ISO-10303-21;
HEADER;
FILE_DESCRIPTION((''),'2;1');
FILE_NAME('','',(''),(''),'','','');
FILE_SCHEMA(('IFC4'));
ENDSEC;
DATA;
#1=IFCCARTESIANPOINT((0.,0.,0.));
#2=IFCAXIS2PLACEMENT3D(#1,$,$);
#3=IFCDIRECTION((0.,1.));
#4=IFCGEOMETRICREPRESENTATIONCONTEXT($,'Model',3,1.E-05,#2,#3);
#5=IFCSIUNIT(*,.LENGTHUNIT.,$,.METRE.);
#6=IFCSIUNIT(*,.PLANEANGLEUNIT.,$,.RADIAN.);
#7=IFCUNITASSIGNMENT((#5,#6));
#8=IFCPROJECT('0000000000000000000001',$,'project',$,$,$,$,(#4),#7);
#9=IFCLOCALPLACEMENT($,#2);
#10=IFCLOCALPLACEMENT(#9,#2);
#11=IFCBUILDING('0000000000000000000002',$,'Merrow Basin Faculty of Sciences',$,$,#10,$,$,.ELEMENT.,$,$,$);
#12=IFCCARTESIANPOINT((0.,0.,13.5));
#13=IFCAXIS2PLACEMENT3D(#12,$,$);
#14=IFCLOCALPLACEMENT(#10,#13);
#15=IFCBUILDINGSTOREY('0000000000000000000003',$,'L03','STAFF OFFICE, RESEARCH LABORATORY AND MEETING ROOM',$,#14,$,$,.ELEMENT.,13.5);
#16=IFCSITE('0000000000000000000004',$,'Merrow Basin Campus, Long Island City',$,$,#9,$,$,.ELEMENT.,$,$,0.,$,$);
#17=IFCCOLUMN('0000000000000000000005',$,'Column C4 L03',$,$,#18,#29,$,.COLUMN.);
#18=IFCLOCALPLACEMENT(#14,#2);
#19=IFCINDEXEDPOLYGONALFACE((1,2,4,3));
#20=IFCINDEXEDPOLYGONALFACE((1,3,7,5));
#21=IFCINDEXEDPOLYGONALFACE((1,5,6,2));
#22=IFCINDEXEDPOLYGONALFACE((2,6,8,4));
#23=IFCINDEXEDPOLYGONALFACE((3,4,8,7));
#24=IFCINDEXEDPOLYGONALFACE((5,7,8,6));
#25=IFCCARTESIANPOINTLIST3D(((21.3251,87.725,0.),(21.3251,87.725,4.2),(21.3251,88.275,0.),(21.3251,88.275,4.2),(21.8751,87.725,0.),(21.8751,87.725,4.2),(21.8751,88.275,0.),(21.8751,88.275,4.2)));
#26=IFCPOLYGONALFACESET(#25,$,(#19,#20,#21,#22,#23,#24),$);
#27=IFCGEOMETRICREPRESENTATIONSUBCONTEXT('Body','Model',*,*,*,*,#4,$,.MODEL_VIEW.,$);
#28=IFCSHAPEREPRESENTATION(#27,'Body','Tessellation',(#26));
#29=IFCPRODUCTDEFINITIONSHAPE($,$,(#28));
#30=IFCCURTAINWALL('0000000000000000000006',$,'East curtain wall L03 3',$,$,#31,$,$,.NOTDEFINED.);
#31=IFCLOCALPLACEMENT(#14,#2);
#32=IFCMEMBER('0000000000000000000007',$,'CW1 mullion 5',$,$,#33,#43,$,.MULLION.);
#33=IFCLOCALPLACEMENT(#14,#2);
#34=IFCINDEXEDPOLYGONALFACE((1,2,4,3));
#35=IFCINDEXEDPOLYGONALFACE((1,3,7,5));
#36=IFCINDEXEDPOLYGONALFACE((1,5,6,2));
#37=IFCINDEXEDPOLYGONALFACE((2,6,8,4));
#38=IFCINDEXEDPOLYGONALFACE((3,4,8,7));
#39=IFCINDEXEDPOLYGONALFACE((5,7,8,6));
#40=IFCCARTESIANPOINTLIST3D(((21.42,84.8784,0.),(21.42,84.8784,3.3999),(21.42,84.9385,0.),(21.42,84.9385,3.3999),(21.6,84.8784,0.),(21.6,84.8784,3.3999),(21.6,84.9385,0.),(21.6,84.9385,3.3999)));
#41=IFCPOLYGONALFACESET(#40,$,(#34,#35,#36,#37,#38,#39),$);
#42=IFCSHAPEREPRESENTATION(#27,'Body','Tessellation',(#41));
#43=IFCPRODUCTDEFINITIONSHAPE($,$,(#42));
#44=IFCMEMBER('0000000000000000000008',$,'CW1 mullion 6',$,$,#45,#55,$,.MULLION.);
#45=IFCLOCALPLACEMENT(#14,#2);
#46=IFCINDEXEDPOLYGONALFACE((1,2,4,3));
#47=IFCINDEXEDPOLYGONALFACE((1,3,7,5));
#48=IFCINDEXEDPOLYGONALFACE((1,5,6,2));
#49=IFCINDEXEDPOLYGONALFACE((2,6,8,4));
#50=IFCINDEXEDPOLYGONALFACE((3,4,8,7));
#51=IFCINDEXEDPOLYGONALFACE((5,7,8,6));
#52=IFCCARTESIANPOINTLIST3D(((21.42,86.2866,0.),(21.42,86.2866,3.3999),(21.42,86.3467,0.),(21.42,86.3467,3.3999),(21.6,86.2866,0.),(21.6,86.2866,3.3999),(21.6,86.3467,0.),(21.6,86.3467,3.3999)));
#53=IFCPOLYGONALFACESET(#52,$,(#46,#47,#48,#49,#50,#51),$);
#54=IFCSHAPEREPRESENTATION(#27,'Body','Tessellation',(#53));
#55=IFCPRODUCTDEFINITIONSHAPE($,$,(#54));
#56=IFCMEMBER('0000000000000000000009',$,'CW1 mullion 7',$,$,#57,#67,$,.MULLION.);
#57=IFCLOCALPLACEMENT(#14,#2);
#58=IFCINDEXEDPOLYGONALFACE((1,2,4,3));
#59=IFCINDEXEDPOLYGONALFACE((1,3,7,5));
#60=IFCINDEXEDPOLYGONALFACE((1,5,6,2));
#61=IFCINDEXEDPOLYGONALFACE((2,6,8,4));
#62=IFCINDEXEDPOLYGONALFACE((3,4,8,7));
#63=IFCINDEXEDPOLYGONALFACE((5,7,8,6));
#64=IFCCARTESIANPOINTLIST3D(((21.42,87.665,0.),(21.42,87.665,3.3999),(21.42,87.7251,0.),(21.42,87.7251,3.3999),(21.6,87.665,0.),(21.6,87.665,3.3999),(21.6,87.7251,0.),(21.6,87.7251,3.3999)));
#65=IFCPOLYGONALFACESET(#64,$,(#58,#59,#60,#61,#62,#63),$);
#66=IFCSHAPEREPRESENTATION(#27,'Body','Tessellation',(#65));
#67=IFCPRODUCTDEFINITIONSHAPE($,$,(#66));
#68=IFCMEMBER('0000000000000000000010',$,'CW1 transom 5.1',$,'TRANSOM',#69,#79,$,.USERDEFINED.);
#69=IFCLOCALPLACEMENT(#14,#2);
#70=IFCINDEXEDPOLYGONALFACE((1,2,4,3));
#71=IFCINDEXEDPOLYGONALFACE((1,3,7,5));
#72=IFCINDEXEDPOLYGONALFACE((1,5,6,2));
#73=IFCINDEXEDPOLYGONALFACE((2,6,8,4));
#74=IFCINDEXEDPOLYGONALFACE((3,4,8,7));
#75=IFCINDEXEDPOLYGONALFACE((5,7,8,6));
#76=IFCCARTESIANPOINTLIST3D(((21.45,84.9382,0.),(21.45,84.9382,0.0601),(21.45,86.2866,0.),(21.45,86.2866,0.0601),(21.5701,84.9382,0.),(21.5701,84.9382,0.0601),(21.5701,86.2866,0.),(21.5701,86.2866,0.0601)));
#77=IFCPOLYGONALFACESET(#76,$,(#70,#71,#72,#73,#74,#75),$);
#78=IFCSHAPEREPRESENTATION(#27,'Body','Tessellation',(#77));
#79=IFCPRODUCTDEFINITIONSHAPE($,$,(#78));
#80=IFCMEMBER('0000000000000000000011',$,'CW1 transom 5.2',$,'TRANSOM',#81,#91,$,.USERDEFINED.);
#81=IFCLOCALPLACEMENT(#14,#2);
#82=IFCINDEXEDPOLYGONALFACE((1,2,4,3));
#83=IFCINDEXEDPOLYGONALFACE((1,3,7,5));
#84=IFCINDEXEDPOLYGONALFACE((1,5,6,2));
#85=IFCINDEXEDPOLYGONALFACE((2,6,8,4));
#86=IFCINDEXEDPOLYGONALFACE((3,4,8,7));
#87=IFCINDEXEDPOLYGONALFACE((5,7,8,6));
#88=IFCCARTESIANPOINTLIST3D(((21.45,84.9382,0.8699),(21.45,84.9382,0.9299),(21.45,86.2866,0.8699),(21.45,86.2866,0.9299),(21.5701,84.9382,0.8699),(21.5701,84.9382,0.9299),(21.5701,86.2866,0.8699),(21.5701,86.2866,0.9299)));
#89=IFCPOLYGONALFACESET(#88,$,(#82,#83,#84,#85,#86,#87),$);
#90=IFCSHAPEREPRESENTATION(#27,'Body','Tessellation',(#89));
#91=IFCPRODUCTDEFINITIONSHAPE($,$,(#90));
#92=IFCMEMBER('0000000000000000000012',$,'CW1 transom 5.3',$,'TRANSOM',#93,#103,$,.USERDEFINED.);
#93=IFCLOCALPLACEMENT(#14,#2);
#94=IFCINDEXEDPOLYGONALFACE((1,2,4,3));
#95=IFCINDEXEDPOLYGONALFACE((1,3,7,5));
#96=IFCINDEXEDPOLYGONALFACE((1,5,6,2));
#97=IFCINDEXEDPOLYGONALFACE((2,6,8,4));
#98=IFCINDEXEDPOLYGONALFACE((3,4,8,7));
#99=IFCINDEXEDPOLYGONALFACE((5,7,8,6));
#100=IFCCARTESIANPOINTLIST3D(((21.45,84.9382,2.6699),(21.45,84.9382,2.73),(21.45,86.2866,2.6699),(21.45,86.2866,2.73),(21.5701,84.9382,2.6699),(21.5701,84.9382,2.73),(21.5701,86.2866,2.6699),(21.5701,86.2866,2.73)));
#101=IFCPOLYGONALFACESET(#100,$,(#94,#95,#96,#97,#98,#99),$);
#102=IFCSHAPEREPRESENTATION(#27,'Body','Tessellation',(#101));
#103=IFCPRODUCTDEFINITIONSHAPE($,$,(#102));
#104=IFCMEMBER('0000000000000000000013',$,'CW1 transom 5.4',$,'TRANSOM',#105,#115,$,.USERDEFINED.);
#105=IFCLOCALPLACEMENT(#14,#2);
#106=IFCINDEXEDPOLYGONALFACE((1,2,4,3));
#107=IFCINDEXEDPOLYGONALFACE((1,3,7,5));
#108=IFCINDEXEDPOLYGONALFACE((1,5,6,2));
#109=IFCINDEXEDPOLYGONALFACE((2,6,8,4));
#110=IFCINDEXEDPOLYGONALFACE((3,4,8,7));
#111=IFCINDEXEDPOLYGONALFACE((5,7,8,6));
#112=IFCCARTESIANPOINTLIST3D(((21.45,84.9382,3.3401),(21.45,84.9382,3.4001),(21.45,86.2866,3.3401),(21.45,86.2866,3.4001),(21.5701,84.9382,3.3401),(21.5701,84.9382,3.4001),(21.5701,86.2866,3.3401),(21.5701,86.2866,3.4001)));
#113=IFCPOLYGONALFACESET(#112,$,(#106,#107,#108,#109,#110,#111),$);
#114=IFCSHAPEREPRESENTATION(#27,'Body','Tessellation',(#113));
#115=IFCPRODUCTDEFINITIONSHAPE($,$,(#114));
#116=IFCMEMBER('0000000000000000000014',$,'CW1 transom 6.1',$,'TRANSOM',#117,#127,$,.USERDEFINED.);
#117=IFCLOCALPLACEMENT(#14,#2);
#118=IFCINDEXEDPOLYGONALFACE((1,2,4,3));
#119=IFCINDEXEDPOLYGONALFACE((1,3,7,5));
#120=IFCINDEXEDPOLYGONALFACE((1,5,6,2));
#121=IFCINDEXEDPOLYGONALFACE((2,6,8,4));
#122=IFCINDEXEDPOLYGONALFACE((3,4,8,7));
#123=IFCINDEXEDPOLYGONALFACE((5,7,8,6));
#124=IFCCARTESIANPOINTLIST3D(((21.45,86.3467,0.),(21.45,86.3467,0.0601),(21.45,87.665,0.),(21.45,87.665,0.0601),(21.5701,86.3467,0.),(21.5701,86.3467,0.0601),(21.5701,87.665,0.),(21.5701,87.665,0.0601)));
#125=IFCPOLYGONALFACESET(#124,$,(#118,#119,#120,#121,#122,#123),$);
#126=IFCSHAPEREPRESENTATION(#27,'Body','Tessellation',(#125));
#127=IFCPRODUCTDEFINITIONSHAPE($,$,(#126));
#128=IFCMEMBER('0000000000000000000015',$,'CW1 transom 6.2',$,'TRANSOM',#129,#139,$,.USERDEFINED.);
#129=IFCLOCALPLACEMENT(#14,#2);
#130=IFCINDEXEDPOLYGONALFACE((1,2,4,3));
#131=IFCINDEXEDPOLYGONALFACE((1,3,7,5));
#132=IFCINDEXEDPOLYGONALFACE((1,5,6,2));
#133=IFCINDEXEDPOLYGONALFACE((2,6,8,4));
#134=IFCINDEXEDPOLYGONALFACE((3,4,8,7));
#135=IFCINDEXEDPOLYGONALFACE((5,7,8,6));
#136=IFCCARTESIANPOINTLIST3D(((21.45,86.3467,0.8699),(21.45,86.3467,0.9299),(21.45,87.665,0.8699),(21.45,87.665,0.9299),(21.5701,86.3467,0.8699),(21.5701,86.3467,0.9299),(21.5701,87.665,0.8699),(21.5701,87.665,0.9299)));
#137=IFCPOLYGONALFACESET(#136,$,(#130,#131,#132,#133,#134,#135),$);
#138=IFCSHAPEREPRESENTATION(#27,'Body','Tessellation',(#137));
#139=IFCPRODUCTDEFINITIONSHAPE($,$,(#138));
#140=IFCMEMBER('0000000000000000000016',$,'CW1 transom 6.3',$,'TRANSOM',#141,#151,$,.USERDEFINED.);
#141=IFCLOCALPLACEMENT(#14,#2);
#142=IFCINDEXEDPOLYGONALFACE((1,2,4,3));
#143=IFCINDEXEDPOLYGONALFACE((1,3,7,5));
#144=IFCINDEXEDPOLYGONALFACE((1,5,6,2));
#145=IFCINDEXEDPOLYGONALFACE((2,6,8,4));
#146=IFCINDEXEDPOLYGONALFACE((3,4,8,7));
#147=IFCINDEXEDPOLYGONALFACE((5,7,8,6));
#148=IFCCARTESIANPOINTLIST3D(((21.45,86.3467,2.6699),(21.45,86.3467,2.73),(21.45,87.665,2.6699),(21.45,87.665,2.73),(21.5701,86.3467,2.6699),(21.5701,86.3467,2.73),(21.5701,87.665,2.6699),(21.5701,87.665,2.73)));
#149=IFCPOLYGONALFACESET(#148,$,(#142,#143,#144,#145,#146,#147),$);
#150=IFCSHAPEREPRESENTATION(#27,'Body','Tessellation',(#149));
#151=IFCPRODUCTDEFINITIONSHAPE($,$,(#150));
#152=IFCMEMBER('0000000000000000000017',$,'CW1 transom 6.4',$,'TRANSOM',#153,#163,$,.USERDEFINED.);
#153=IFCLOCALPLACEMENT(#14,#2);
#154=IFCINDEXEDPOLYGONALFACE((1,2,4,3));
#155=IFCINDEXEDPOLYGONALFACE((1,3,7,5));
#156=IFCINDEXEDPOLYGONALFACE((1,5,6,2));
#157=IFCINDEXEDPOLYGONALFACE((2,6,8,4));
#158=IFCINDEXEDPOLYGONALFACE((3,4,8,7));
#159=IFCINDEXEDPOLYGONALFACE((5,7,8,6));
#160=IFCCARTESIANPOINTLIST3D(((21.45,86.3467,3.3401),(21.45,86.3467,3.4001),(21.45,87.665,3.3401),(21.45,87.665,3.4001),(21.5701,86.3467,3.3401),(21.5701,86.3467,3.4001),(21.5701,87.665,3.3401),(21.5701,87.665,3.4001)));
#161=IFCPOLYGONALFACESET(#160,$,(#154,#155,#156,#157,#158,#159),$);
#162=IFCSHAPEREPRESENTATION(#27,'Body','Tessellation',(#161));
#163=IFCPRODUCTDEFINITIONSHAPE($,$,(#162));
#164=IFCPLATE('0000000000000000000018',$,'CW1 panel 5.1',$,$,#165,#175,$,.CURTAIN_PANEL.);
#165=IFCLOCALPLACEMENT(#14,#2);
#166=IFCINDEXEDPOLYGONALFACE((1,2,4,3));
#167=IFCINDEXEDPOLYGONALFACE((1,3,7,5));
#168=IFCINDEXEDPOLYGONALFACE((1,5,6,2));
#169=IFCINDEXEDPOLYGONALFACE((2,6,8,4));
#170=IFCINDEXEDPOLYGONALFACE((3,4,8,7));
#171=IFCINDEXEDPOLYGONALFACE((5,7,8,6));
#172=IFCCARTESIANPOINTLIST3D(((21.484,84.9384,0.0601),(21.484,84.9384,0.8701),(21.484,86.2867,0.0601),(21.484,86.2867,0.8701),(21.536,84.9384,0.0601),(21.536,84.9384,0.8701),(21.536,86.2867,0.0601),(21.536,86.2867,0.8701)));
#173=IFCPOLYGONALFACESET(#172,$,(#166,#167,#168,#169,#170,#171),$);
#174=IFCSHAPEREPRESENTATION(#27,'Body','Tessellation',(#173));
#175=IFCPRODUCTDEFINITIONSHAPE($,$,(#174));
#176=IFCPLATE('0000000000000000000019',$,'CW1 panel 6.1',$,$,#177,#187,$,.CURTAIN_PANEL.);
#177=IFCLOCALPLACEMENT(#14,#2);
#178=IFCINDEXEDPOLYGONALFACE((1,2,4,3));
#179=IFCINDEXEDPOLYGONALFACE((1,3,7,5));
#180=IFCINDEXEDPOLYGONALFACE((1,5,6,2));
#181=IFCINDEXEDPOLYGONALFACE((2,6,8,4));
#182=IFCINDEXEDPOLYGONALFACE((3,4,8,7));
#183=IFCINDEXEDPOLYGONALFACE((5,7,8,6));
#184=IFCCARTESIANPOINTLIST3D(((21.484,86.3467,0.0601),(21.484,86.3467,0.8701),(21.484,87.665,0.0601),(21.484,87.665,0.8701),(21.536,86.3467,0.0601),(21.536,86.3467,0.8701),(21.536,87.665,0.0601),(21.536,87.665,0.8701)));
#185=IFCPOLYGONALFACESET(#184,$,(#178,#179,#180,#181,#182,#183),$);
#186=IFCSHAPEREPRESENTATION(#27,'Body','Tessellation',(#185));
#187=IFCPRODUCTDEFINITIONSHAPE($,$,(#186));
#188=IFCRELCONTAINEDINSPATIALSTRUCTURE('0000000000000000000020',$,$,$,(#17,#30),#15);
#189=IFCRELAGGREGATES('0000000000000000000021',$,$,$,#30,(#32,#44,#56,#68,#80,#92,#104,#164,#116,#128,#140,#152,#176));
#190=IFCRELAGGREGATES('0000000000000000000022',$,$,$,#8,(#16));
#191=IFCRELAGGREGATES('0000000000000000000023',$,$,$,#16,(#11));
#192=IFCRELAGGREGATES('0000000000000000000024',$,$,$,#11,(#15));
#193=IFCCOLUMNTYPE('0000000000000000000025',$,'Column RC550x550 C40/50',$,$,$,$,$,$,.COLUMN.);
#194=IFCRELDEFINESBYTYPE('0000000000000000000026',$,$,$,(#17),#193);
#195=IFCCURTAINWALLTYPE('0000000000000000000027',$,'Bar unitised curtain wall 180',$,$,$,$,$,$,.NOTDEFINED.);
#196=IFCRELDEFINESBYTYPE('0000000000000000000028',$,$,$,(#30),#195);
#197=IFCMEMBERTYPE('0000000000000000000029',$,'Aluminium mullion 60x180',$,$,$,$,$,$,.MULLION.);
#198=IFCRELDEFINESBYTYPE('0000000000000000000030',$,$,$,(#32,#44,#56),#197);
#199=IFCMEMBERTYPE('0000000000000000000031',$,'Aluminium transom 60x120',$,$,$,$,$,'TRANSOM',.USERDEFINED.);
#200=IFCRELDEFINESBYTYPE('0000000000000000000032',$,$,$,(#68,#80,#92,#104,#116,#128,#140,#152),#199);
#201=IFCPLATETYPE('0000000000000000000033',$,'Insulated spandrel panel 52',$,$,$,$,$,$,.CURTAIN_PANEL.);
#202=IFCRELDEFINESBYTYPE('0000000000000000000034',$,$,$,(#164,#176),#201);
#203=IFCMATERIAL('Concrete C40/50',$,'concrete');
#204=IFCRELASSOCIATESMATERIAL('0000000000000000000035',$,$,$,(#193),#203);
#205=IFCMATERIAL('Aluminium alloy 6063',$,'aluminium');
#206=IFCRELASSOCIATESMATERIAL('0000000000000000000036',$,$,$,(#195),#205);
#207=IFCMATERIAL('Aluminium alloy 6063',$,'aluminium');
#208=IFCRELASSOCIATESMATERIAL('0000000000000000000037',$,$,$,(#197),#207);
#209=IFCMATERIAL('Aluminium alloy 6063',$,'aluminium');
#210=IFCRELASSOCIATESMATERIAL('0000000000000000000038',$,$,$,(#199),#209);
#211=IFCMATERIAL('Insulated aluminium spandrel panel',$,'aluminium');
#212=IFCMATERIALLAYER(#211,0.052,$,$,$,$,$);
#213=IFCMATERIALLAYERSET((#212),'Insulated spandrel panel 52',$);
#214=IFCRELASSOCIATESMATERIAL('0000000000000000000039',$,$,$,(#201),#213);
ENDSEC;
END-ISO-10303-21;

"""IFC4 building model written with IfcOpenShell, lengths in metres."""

from ifc_helpers import new_model, si_unit, direction, frame, origin, origin_2d, place, context, subcontext, project, spatial, rectangle, extrude, material, layer, layer_set, material_profile, profile_set, type_object, element, aggregate, save


model = new_model("IFC4")

# Units and contexts
model_context = context("Model", 3, precision=1e-05, world=origin(), true_north=direction((0.0, 1.0)))
body_context = subcontext(model_context, "Body", "Model", "MODEL_VIEW")
ifc_project = project(units=[si_unit("LENGTHUNIT", "METRE"), si_unit("PLANEANGLEUNIT", "RADIAN")], contexts=[model_context])

# Site, building, storey
site_placement = place(None, origin())
site = spatial("IfcSite", under=ifc_project, at=site_placement, Name="Merrow Basin Campus, Long Island City", CompositionType="ELEMENT", RefElevation=0.0)
building_placement = place(site_placement, origin())
building = spatial("IfcBuilding", under=site, at=building_placement, Name="Merrow Basin Faculty of Sciences", CompositionType="ELEMENT")
storey_placement = place(building_placement, frame((0.0, 0.0, 13.5)))
storey = spatial("IfcBuildingStorey", under=building, at=storey_placement, Name="L03", Description="STAFF OFFICE, RESEARCH LABORATORY AND MEETING ROOM", CompositionType="ELEMENT", Elevation=13.5)

# Column
ifc_material_1 = material(Name="Concrete C40/50", Category="concrete")
ifc_material_profile_1 = material_profile(ifc_material_1, rectangle(XDim=0.55, YDim=0.55, at=origin_2d()))
ifc_profile_set_1 = profile_set([ifc_material_profile_1], Name="Concrete C40/50")
column_type = type_object("IfcColumnType", Name="Column RC550x550 C40/50", PredefinedType="COLUMN", material=ifc_profile_set_1)
column_placement = place(storey_placement, frame((21.6001, 88.0, 0.0), z_axis=(0.0, 0.0, 1.0), x_axis=(1.0, 0.0, 0.0)))
element("IfcColumn", 1, at=column_placement, inside=storey, type_object=column_type, Name="Column C4 L03", PredefinedType="COLUMN", context=body_context, shape_type="SweptSolid", body=[
    extrude(rectangle(XDim=0.55, YDim=0.55, at=origin_2d()), origin(), (0.0, 0.0, 1.0), 4.2),
])

# Curtain wall, members, plates
ifc_material_2 = material(Name="Aluminium alloy 6063", Category="aluminium")
curtain_wall_type = type_object("IfcCurtainWallType", Name="Bar unitised curtain wall 180", PredefinedType="NOTDEFINED", material=ifc_material_2)
curtain_wall_placement = place(storey_placement, origin())
curtain_wall = element("IfcCurtainWall", 2, at=curtain_wall_placement, inside=storey, type_object=curtain_wall_type, Name="East curtain wall L03 3", PredefinedType="NOTDEFINED")
ifc_material_3 = material(Name="Aluminium alloy 6063", Category="aluminium")
ifc_material_profile_2 = material_profile(ifc_material_3, rectangle(XDim=0.1799, YDim=0.0601, at=origin_2d()))
ifc_profile_set_2 = profile_set([ifc_material_profile_2], Name="Aluminium alloy 6063")
member_type_1 = type_object("IfcMemberType", Name="Aluminium mullion 60x180", PredefinedType="MULLION", material=ifc_profile_set_2)
member_1_placement = place(storey_placement, frame((21.51, 84.9084, 0.0), z_axis=(0.0, 0.0, 1.0), x_axis=(-1.0, 0.0, 0.0)))
member_1 = element("IfcMember", 3, at=member_1_placement, type_object=member_type_1, Name="CW1 mullion 5", PredefinedType="MULLION", context=body_context, shape_type="SweptSolid", body=[
    extrude(rectangle(XDim=0.1799, YDim=0.0601, at=origin_2d()), origin(), (0.0, 0.0, 1.0), 3.3999),
])
member_2_placement = place(storey_placement, frame((21.51, 86.3167, 0.0), z_axis=(0.0, 0.0, 1.0), x_axis=(-1.0, 0.0, 0.0)))
member_2 = element("IfcMember", 4, at=member_2_placement, type_object=member_type_1, Name="CW1 mullion 6", PredefinedType="MULLION", context=body_context, shape_type="SweptSolid", body=[
    extrude(rectangle(XDim=0.1799, YDim=0.0601, at=origin_2d()), origin(), (0.0, 0.0, 1.0), 3.3999),
])
member_3_placement = place(storey_placement, frame((21.51, 87.6951, 0.0), z_axis=(0.0, 0.0, 1.0), x_axis=(-1.0, 0.0, 0.0)))
member_3 = element("IfcMember", 5, at=member_3_placement, type_object=member_type_1, Name="CW1 mullion 7", PredefinedType="MULLION", context=body_context, shape_type="SweptSolid", body=[
    extrude(rectangle(XDim=0.1799, YDim=0.0601, at=origin_2d()), origin(), (0.0, 0.0, 1.0), 3.3999),
])
ifc_material_4 = material(Name="Aluminium alloy 6063", Category="aluminium")
ifc_material_profile_3 = material_profile(ifc_material_4, rectangle(XDim=0.1201, YDim=0.0601, at=origin_2d()))
ifc_profile_set_3 = profile_set([ifc_material_profile_3], Name="Aluminium alloy 6063")
member_type_2 = type_object("IfcMemberType", Name="Aluminium transom 60x120", ElementType="TRANSOM", PredefinedType="USERDEFINED", material=ifc_profile_set_3)
member_4_placement = place(storey_placement, frame((21.51, 84.9382, 0.03), z_axis=(0.0, 1.0, 0.0), x_axis=(-1.0, 0.0, 0.0)))
member_4 = element("IfcMember", 6, at=member_4_placement, type_object=member_type_2, Name="CW1 transom 5.1", ObjectType="TRANSOM", PredefinedType="USERDEFINED", context=body_context, shape_type="SweptSolid", body=[
    extrude(rectangle(XDim=0.1201, YDim=0.0601, at=origin_2d()), origin(), (0.0, 0.0, 1.0), 1.3484),
])
member_5_placement = place(storey_placement, frame((21.51, 84.9382, 0.8999), z_axis=(0.0, 1.0, 0.0), x_axis=(-1.0, 0.0, 0.0)))
member_5 = element("IfcMember", 7, at=member_5_placement, type_object=member_type_2, Name="CW1 transom 5.2", ObjectType="TRANSOM", PredefinedType="USERDEFINED", context=body_context, shape_type="SweptSolid", body=[
    extrude(rectangle(XDim=0.1201, YDim=0.0601, at=origin_2d()), origin(), (0.0, 0.0, 1.0), 1.3484),
])
member_6_placement = place(storey_placement, frame((21.51, 84.9382, 2.7), z_axis=(0.0, 1.0, 0.0), x_axis=(-1.0, 0.0, 0.0)))
member_6 = element("IfcMember", 8, at=member_6_placement, type_object=member_type_2, Name="CW1 transom 5.3", ObjectType="TRANSOM", PredefinedType="USERDEFINED", context=body_context, shape_type="SweptSolid", body=[
    extrude(rectangle(XDim=0.1201, YDim=0.0601, at=origin_2d()), origin(), (0.0, 0.0, 1.0), 1.3484),
])
member_7_placement = place(storey_placement, frame((21.51, 84.9382, 3.3701), z_axis=(0.0, 1.0, 0.0), x_axis=(-1.0, 0.0, 0.0)))
member_7 = element("IfcMember", 9, at=member_7_placement, type_object=member_type_2, Name="CW1 transom 5.4", ObjectType="TRANSOM", PredefinedType="USERDEFINED", context=body_context, shape_type="SweptSolid", body=[
    extrude(rectangle(XDim=0.1201, YDim=0.0601, at=origin_2d()), origin(), (0.0, 0.0, 1.0), 1.3484),
])
member_8_placement = place(storey_placement, frame((21.51, 86.3467, 0.03), z_axis=(0.0, 1.0, 0.0), x_axis=(-1.0, 0.0, 0.0)))
member_8 = element("IfcMember", 10, at=member_8_placement, type_object=member_type_2, Name="CW1 transom 6.1", ObjectType="TRANSOM", PredefinedType="USERDEFINED", context=body_context, shape_type="SweptSolid", body=[
    extrude(rectangle(XDim=0.1201, YDim=0.0601, at=origin_2d()), origin(), (0.0, 0.0, 1.0), 1.3184),
])
member_9_placement = place(storey_placement, frame((21.51, 86.3467, 0.8999), z_axis=(0.0, 1.0, 0.0), x_axis=(-1.0, 0.0, 0.0)))
member_9 = element("IfcMember", 11, at=member_9_placement, type_object=member_type_2, Name="CW1 transom 6.2", ObjectType="TRANSOM", PredefinedType="USERDEFINED", context=body_context, shape_type="SweptSolid", body=[
    extrude(rectangle(XDim=0.1201, YDim=0.0601, at=origin_2d()), origin(), (0.0, 0.0, 1.0), 1.3184),
])
member_10_placement = place(storey_placement, frame((21.51, 86.3467, 2.7), z_axis=(0.0, 1.0, 0.0), x_axis=(-1.0, 0.0, 0.0)))
member_10 = element("IfcMember", 12, at=member_10_placement, type_object=member_type_2, Name="CW1 transom 6.3", ObjectType="TRANSOM", PredefinedType="USERDEFINED", context=body_context, shape_type="SweptSolid", body=[
    extrude(rectangle(XDim=0.1201, YDim=0.0601, at=origin_2d()), origin(), (0.0, 0.0, 1.0), 1.3184),
])
member_11_placement = place(storey_placement, frame((21.51, 86.3467, 3.3701), z_axis=(0.0, 1.0, 0.0), x_axis=(-1.0, 0.0, 0.0)))
member_11 = element("IfcMember", 13, at=member_11_placement, type_object=member_type_2, Name="CW1 transom 6.4", ObjectType="TRANSOM", PredefinedType="USERDEFINED", context=body_context, shape_type="SweptSolid", body=[
    extrude(rectangle(XDim=0.1201, YDim=0.0601, at=origin_2d()), origin(), (0.0, 0.0, 1.0), 1.3184),
])
ifc_material_5 = material(Name="Insulated aluminium spandrel panel", Category="aluminium")
ifc_layer_1 = layer(ifc_material_5, 0.052)
ifc_layer_set_1 = layer_set([ifc_layer_1], Name="Insulated spandrel panel 52")
plate_type_1 = type_object("IfcPlateType", Name="Insulated spandrel panel 52", PredefinedType="CURTAIN_PANEL", material=ifc_layer_set_1)
plate_1_placement = place(storey_placement, frame((21.51, 85.6125, 0.0601), z_axis=(0.0, 0.0, 1.0), x_axis=(0.0, 1.0, 0.0)))
plate_1 = element("IfcPlate", 14, at=plate_1_placement, type_object=plate_type_1, Name="CW1 panel 5.1", PredefinedType="CURTAIN_PANEL", context=body_context, shape_type="SweptSolid", body=[
    extrude(rectangle(XDim=1.3484, YDim=0.052, at=origin_2d()), origin(), (0.0, 0.0, 1.0), 0.8101),
])
plate_2_placement = place(storey_placement, frame((21.51, 87.0059, 0.0601), z_axis=(0.0, 0.0, 1.0), x_axis=(0.0, 1.0, 0.0)))
plate_2 = element("IfcPlate", 15, at=plate_2_placement, type_object=plate_type_1, Name="CW1 panel 6.1", PredefinedType="CURTAIN_PANEL", context=body_context, shape_type="SweptSolid", body=[
    extrude(rectangle(XDim=1.3184, YDim=0.052, at=origin_2d()), origin(), (0.0, 0.0, 1.0), 0.8101),
])
aggregate(curtain_wall, [member_1, member_2, member_3, member_4, member_5, member_6, member_7, plate_1, member_8, member_9, member_10, member_11, plate_2])

save(model, "model.ifc")
